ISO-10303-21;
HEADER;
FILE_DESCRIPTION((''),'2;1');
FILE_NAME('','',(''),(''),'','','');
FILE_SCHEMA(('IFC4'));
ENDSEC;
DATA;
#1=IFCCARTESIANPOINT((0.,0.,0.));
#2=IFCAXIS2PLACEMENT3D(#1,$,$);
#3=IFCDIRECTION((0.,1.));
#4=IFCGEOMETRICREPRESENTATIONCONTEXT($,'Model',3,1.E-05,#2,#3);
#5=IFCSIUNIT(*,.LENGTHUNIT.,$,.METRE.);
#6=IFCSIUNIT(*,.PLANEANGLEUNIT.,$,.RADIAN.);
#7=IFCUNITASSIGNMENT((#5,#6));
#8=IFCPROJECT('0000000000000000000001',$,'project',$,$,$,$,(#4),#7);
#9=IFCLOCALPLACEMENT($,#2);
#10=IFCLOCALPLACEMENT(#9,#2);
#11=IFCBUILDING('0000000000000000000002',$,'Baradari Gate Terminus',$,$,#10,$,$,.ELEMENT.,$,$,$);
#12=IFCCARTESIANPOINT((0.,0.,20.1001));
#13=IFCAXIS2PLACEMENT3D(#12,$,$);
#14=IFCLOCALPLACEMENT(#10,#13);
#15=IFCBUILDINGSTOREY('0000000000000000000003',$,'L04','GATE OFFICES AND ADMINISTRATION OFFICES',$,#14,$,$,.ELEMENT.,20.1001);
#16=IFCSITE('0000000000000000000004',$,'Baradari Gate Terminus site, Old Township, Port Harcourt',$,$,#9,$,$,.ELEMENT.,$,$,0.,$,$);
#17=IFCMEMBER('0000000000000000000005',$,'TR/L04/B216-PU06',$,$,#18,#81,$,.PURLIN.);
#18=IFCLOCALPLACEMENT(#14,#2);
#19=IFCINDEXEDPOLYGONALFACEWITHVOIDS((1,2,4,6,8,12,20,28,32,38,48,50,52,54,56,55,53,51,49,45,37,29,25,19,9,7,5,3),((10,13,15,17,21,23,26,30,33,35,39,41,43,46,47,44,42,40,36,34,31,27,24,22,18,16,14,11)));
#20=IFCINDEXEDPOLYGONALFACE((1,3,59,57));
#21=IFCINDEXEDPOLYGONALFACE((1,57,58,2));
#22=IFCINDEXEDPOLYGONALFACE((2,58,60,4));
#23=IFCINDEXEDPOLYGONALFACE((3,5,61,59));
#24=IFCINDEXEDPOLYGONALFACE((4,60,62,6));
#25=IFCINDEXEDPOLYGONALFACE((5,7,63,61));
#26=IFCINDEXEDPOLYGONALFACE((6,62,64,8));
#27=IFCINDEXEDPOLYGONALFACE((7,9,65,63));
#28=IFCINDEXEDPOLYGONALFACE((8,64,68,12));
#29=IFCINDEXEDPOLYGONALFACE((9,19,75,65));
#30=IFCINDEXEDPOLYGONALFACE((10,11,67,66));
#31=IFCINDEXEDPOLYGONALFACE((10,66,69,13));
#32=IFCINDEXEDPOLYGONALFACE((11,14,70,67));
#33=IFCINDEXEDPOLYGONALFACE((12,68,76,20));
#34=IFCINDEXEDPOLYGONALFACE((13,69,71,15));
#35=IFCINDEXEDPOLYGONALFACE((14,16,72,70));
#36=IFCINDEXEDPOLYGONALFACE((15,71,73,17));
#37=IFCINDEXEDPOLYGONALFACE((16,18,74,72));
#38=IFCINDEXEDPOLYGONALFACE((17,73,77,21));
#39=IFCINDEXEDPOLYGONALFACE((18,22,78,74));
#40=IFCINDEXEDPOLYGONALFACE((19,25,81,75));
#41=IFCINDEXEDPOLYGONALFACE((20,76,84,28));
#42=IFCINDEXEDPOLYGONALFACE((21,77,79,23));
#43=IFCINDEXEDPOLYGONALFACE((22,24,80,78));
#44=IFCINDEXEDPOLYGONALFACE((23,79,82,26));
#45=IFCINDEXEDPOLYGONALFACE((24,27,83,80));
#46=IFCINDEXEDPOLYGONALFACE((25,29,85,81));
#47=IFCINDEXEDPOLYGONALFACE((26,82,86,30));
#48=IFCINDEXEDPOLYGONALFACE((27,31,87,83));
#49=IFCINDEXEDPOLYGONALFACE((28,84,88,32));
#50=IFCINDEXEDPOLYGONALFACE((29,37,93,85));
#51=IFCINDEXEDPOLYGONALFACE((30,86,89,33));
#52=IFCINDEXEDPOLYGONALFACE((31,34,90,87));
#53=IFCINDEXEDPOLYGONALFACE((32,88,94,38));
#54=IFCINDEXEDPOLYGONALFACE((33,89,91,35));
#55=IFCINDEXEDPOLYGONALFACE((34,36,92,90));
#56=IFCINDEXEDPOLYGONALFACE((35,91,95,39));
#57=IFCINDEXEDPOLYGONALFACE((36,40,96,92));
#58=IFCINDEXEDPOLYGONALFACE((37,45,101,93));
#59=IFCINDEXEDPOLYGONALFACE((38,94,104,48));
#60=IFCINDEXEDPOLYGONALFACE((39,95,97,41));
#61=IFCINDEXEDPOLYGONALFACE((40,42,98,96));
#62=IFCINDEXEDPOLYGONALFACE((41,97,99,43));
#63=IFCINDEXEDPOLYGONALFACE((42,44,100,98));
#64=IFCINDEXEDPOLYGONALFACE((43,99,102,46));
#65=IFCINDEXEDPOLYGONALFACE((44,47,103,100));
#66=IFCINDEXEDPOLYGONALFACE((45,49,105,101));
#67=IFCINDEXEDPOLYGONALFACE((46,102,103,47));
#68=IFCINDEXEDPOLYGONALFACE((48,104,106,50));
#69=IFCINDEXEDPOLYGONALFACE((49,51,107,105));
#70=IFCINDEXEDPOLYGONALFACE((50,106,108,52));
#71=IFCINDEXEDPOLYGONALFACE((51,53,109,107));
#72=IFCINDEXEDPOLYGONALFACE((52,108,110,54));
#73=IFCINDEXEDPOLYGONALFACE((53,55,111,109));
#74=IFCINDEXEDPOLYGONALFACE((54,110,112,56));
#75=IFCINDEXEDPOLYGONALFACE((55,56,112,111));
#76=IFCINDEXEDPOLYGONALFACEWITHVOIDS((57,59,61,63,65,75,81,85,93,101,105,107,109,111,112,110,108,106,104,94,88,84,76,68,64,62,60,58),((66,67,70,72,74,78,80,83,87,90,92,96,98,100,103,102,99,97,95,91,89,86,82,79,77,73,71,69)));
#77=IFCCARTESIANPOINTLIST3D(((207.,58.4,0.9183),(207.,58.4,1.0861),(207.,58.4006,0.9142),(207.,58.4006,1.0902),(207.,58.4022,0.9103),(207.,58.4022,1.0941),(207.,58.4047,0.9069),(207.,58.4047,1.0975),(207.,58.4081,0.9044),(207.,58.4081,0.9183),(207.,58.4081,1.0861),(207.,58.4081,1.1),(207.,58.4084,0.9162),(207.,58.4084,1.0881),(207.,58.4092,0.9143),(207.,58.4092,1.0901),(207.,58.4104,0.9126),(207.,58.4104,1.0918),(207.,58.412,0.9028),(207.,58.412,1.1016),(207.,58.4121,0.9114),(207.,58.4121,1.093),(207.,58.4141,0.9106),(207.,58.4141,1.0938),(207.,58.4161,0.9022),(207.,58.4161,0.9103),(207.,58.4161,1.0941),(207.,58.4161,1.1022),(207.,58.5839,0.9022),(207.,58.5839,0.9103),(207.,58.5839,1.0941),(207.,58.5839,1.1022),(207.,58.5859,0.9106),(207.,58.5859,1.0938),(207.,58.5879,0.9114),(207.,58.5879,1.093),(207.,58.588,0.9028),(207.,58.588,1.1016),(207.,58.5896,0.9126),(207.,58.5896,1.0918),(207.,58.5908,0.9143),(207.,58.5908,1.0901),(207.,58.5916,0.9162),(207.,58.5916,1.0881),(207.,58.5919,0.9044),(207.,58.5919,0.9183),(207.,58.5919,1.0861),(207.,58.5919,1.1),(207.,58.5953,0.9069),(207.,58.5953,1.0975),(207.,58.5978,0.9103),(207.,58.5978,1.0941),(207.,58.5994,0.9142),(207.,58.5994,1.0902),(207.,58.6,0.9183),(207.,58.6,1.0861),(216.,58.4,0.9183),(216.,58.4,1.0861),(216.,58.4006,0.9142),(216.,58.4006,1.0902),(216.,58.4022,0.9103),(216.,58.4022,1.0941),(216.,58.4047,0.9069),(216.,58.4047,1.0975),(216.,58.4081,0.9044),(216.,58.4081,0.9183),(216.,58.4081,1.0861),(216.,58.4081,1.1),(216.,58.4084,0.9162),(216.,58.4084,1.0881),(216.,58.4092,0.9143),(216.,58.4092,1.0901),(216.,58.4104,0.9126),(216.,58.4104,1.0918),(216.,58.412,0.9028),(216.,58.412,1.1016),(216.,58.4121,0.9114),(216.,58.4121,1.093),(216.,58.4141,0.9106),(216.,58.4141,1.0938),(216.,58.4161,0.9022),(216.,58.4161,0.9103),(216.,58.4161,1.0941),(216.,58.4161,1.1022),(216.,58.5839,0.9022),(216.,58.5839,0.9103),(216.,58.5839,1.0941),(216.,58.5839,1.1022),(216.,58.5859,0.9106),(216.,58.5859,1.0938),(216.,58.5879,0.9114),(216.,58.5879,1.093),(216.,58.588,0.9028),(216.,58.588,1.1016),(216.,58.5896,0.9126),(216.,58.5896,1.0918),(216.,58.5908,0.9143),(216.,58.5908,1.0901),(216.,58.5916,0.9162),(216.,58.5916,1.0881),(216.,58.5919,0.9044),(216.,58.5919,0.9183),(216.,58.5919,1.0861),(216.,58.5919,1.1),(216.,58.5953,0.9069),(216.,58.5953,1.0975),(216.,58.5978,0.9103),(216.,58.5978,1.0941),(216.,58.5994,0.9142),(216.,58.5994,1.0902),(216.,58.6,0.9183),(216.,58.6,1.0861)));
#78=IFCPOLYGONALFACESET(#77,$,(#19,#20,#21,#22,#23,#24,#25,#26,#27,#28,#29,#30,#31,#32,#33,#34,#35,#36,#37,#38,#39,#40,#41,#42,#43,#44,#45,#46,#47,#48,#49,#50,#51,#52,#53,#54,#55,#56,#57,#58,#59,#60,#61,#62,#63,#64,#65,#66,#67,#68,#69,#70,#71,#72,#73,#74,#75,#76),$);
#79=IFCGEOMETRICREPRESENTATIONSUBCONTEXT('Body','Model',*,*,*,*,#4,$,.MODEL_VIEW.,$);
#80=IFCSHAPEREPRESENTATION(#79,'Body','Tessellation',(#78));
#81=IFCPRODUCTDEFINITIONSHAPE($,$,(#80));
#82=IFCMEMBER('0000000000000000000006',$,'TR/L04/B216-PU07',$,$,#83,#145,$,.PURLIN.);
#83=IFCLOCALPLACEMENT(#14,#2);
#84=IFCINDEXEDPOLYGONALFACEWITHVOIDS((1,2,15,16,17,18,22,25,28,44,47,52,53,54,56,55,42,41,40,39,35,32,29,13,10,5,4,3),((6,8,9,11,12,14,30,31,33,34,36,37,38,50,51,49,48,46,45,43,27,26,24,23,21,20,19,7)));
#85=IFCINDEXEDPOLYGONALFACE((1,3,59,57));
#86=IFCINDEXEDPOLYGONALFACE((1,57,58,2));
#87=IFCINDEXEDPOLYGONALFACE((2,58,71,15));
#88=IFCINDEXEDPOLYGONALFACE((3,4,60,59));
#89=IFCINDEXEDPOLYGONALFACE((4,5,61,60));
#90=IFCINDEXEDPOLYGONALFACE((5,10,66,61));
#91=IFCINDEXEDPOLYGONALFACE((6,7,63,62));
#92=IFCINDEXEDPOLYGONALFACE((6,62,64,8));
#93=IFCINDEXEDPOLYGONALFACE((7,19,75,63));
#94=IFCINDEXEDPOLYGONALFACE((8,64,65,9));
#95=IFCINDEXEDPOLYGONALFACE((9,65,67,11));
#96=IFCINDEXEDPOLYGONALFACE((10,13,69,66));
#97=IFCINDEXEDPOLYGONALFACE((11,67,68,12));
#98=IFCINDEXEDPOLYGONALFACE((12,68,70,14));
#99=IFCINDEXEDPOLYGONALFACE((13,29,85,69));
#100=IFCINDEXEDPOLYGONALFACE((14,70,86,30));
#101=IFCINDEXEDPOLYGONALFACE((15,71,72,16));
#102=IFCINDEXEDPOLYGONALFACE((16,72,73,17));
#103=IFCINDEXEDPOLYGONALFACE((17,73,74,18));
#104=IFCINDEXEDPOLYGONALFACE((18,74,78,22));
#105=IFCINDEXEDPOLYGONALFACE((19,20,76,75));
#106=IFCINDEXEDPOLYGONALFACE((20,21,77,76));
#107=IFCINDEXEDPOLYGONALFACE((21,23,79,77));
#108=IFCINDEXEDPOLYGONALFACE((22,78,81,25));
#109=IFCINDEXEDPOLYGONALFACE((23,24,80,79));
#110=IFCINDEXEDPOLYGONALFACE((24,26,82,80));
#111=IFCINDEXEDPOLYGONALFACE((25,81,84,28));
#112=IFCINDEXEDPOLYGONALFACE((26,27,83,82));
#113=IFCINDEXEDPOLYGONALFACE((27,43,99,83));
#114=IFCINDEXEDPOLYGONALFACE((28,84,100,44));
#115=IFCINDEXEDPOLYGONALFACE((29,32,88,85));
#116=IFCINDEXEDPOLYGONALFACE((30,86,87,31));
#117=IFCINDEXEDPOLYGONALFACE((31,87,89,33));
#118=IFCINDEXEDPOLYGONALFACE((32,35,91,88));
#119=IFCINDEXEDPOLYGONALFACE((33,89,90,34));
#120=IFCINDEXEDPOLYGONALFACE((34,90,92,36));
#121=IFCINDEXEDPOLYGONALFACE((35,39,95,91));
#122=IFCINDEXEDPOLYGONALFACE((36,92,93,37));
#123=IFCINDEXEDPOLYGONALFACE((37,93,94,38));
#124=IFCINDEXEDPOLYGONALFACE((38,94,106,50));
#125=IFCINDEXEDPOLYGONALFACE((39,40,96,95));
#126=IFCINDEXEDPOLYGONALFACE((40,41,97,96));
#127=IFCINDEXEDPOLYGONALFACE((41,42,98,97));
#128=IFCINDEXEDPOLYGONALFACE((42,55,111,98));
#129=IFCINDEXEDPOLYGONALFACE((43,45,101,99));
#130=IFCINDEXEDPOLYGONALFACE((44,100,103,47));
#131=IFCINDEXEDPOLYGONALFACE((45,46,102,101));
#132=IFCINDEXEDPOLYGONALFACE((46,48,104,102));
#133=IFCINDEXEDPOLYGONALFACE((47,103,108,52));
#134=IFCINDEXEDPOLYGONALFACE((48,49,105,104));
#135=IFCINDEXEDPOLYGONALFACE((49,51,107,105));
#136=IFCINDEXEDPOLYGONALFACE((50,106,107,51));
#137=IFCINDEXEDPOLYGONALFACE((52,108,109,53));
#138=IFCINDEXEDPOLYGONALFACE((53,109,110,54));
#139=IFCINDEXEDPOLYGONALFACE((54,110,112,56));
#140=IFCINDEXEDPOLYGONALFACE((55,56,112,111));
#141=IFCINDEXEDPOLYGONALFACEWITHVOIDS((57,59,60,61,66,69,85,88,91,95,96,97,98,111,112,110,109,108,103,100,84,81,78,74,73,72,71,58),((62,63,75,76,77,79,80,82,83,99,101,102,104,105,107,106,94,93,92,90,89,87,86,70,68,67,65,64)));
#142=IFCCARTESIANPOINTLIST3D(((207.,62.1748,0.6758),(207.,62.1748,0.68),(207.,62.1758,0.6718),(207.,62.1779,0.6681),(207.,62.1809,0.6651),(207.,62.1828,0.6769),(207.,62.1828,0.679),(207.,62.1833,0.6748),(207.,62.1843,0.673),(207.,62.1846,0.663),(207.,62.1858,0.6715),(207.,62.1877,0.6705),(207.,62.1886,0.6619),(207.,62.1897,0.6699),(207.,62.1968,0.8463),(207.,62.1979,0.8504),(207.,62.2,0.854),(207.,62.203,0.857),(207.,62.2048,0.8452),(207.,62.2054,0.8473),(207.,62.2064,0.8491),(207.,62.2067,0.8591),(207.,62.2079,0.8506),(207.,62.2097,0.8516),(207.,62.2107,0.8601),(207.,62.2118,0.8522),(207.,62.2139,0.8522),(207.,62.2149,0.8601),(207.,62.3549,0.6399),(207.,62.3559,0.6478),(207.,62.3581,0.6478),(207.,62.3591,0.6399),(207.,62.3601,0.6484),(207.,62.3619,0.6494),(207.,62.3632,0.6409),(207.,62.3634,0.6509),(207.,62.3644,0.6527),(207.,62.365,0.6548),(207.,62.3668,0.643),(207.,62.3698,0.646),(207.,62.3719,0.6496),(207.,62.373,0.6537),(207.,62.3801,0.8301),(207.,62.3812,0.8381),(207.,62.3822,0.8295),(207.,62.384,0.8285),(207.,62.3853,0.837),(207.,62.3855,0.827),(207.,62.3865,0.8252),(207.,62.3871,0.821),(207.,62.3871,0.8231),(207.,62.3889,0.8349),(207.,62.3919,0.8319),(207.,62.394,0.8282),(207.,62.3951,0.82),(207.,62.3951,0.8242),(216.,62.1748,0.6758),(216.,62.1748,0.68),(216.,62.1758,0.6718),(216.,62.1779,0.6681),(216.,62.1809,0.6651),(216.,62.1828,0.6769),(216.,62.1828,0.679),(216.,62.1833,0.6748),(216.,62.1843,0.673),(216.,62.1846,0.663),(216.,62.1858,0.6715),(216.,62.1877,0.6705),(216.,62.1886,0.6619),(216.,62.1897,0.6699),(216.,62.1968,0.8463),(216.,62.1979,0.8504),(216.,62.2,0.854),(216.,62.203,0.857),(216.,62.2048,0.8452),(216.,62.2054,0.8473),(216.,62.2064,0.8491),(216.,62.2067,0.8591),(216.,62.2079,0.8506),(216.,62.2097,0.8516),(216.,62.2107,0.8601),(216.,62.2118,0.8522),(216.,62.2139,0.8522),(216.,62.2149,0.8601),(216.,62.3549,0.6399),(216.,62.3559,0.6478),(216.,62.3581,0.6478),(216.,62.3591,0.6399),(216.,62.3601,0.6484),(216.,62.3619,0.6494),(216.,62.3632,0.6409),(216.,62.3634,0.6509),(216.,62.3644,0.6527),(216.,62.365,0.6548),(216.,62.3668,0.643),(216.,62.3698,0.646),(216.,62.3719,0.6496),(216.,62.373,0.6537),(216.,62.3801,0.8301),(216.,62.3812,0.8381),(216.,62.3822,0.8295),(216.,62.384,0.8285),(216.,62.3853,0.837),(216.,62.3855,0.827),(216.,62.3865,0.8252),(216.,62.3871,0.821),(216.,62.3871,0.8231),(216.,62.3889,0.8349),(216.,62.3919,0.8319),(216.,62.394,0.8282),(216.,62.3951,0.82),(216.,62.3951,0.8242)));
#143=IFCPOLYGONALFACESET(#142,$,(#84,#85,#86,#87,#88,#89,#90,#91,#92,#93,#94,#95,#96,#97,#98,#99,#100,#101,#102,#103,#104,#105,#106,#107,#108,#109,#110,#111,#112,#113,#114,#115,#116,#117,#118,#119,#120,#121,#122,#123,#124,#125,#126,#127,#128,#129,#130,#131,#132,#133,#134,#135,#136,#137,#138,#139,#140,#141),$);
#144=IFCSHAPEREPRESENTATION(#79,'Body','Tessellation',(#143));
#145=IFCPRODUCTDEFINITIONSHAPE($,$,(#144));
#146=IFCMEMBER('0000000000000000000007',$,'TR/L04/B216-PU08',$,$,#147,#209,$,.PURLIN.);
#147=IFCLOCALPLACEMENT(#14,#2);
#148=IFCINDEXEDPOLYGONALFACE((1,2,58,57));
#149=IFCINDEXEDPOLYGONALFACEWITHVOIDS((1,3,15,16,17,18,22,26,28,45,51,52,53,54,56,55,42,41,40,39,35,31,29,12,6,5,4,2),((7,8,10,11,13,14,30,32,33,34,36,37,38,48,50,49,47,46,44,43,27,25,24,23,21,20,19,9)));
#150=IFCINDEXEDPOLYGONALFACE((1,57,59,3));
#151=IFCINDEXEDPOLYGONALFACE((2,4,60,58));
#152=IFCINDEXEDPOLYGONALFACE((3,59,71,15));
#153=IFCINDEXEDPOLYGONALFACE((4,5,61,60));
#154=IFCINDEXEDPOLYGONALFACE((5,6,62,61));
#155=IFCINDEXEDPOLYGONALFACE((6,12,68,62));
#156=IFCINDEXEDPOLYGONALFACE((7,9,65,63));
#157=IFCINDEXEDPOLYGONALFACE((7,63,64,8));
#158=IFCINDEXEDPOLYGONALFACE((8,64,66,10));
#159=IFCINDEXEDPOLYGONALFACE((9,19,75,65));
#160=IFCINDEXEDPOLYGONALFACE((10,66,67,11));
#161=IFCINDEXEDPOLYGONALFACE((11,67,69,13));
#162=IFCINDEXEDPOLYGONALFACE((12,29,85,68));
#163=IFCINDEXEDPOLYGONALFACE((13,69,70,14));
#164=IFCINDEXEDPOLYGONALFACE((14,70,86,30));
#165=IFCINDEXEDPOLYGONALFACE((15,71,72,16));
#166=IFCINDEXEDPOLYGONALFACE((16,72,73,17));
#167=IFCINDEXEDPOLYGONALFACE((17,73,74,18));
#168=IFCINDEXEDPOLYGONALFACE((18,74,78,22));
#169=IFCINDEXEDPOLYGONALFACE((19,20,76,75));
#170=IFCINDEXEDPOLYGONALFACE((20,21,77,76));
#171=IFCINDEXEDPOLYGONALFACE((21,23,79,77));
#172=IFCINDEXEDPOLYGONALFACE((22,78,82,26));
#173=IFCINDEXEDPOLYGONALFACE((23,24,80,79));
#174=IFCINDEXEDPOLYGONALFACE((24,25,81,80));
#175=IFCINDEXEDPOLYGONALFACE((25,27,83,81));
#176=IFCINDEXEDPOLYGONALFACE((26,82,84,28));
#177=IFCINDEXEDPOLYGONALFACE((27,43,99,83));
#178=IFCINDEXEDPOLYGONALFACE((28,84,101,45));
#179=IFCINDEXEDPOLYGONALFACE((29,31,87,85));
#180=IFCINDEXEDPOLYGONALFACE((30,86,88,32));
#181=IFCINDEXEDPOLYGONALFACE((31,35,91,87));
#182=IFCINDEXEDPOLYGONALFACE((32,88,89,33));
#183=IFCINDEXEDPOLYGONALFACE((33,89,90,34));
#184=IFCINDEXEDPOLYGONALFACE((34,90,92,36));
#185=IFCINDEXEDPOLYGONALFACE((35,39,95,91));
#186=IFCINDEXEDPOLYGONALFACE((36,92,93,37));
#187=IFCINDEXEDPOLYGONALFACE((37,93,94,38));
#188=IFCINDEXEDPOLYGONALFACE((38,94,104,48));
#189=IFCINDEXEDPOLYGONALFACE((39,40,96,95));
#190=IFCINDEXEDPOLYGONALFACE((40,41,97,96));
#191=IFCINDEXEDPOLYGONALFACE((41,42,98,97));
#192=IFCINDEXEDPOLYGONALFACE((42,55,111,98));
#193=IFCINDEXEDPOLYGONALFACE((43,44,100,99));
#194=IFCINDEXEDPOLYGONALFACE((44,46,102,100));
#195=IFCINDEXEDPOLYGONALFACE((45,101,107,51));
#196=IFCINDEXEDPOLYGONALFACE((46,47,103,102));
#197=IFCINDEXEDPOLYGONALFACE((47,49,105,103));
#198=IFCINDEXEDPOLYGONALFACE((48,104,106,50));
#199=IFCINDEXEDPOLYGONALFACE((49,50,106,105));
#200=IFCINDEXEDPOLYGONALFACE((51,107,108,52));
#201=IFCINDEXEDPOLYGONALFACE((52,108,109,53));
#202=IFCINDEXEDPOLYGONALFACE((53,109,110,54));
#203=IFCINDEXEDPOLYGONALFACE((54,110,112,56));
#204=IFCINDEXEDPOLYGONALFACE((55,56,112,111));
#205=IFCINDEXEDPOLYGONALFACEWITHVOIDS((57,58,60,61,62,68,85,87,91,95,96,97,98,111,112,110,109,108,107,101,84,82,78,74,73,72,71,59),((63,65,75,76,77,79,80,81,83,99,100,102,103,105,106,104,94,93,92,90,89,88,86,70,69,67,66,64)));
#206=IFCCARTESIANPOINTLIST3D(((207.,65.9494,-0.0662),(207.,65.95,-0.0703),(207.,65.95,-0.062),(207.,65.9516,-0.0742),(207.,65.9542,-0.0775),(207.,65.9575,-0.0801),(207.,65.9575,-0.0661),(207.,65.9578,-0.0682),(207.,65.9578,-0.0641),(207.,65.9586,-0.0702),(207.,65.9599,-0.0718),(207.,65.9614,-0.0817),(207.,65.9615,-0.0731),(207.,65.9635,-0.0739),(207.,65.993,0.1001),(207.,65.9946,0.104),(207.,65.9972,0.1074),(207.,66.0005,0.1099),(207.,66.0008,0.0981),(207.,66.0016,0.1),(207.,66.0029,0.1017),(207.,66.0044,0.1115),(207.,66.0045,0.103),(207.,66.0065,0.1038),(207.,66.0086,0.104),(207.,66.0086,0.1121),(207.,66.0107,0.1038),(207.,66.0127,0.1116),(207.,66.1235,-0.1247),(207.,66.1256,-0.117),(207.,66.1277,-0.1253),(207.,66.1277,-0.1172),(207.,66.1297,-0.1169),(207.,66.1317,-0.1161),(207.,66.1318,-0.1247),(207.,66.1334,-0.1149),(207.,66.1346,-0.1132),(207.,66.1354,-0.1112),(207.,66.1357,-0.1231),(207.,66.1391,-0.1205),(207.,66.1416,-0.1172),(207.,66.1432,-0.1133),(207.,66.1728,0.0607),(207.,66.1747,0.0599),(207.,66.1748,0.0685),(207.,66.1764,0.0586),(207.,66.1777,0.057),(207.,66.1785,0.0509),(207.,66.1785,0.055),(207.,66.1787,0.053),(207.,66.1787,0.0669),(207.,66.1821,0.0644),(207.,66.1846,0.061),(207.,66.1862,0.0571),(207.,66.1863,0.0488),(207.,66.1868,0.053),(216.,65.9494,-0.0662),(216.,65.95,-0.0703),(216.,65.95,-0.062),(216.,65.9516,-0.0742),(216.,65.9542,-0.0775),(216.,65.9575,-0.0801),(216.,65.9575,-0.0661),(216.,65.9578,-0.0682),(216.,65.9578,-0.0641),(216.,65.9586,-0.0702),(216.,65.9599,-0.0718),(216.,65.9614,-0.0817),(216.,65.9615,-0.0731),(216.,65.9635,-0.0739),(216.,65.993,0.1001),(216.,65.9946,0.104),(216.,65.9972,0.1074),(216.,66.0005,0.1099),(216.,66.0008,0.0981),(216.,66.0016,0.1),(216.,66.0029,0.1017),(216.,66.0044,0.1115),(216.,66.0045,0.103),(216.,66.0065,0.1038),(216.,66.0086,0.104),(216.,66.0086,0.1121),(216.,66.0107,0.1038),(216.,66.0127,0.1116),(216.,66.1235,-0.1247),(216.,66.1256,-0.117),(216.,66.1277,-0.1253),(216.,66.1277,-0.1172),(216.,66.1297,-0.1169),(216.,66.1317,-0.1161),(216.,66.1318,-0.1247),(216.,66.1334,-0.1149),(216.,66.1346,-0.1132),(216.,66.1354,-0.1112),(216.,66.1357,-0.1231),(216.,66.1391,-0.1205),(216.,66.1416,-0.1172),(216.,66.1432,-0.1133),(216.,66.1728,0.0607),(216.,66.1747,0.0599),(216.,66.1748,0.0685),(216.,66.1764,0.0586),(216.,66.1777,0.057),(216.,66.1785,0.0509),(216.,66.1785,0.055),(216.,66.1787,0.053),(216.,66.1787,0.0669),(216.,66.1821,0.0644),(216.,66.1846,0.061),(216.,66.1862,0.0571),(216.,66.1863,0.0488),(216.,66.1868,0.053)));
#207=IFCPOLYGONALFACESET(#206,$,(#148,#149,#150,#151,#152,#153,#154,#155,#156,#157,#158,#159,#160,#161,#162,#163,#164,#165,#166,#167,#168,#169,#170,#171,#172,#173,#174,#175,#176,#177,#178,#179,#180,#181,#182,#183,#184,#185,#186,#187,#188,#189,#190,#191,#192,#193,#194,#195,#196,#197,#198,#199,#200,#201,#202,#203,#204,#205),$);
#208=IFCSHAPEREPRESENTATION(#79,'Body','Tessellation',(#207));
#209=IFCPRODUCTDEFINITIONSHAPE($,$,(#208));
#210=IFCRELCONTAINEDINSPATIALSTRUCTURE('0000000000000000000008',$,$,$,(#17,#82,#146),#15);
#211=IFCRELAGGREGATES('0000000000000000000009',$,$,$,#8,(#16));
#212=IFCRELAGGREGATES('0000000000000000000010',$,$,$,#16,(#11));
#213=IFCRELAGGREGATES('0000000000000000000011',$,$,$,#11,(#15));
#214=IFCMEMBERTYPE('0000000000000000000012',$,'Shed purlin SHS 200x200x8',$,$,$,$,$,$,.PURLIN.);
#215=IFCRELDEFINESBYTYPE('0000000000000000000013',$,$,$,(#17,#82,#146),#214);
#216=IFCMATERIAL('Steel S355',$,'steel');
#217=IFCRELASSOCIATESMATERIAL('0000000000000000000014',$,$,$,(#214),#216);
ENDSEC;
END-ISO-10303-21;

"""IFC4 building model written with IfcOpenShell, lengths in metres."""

from ifc_helpers import new_model, si_unit, direction, frame, origin, origin_2d, place, context, subcontext, project, spatial, hollow_rectangle, extrude, material, material_profile, profile_set, type_object, element, save


model = new_model("IFC4")

# Units and contexts
model_context = context("Model", 3, precision=1e-05, world=origin(), true_north=direction((0.0, 1.0)))
body_context = subcontext(model_context, "Body", "Model", "MODEL_VIEW")
ifc_project = project(units=[si_unit("LENGTHUNIT", "METRE"), si_unit("PLANEANGLEUNIT", "RADIAN")], contexts=[model_context])

# Site, building, storey
site_placement = place(None, origin())
site = spatial("IfcSite", under=ifc_project, at=site_placement, Name="Baradari Gate Terminus site, Old Township, Port Harcourt", CompositionType="ELEMENT", RefElevation=0.0)
building_placement = place(site_placement, origin())
building = spatial("IfcBuilding", under=site, at=building_placement, Name="Baradari Gate Terminus", CompositionType="ELEMENT")
storey_placement = place(building_placement, frame((0.0, 0.0, 20.1001)))
storey = spatial("IfcBuildingStorey", under=building, at=storey_placement, Name="L04", Description="GATE OFFICES AND ADMINISTRATION OFFICES", CompositionType="ELEMENT", Elevation=20.1001)

# Members
ifc_material_1 = material(Name="Steel S355", Category="steel")
ifc_material_profile_1 = material_profile(ifc_material_1, hollow_rectangle(XDim=0.2, YDim=0.2, WallThickness=0.0081, InnerFilletRadius=0.0081, OuterFilletRadius=0.0161, at=origin_2d()), Name="SHS 200x200x8")
ifc_profile_set_1 = profile_set([ifc_material_profile_1], Name="Steel S355")
member_type_1 = type_object("IfcMemberType", Name="Shed purlin SHS 200x200x8", PredefinedType="PURLIN", material=ifc_profile_set_1)
for number, where, z_axis, x_axis, name in (
    (1, (207.0, 58.5, 1.0022), (1.0, 0.0, 0.0), (0.0, 1.0, 0.0), "TR/L04/B216-PU06"),
    (2, (207.0, 62.2849, 0.75), (1.0, 0.0, 0.0), (0.0, 0.991303, -0.131599), "TR/L04/B216-PU07"),
    (3, (207.0, 66.0681, -0.0066), (1.0, 0.0, 0.0), (0.0, 0.9665, -0.256668), "TR/L04/B216-PU08"),
):
    element("IfcMember", number, at=place(storey_placement, frame(where, z_axis=z_axis, x_axis=x_axis)), inside=storey, type_object=member_type_1, Name=name, PredefinedType="PURLIN", context=body_context, shape_type="SweptSolid", body=[
        extrude(hollow_rectangle(XDim=0.2, YDim=0.2, WallThickness=0.0081, InnerFilletRadius=0.0081, OuterFilletRadius=0.0161, at=origin_2d()), origin(), (0.0, 0.0, 1.0), 9.0),
    ])

save(model, "model.ifc")
